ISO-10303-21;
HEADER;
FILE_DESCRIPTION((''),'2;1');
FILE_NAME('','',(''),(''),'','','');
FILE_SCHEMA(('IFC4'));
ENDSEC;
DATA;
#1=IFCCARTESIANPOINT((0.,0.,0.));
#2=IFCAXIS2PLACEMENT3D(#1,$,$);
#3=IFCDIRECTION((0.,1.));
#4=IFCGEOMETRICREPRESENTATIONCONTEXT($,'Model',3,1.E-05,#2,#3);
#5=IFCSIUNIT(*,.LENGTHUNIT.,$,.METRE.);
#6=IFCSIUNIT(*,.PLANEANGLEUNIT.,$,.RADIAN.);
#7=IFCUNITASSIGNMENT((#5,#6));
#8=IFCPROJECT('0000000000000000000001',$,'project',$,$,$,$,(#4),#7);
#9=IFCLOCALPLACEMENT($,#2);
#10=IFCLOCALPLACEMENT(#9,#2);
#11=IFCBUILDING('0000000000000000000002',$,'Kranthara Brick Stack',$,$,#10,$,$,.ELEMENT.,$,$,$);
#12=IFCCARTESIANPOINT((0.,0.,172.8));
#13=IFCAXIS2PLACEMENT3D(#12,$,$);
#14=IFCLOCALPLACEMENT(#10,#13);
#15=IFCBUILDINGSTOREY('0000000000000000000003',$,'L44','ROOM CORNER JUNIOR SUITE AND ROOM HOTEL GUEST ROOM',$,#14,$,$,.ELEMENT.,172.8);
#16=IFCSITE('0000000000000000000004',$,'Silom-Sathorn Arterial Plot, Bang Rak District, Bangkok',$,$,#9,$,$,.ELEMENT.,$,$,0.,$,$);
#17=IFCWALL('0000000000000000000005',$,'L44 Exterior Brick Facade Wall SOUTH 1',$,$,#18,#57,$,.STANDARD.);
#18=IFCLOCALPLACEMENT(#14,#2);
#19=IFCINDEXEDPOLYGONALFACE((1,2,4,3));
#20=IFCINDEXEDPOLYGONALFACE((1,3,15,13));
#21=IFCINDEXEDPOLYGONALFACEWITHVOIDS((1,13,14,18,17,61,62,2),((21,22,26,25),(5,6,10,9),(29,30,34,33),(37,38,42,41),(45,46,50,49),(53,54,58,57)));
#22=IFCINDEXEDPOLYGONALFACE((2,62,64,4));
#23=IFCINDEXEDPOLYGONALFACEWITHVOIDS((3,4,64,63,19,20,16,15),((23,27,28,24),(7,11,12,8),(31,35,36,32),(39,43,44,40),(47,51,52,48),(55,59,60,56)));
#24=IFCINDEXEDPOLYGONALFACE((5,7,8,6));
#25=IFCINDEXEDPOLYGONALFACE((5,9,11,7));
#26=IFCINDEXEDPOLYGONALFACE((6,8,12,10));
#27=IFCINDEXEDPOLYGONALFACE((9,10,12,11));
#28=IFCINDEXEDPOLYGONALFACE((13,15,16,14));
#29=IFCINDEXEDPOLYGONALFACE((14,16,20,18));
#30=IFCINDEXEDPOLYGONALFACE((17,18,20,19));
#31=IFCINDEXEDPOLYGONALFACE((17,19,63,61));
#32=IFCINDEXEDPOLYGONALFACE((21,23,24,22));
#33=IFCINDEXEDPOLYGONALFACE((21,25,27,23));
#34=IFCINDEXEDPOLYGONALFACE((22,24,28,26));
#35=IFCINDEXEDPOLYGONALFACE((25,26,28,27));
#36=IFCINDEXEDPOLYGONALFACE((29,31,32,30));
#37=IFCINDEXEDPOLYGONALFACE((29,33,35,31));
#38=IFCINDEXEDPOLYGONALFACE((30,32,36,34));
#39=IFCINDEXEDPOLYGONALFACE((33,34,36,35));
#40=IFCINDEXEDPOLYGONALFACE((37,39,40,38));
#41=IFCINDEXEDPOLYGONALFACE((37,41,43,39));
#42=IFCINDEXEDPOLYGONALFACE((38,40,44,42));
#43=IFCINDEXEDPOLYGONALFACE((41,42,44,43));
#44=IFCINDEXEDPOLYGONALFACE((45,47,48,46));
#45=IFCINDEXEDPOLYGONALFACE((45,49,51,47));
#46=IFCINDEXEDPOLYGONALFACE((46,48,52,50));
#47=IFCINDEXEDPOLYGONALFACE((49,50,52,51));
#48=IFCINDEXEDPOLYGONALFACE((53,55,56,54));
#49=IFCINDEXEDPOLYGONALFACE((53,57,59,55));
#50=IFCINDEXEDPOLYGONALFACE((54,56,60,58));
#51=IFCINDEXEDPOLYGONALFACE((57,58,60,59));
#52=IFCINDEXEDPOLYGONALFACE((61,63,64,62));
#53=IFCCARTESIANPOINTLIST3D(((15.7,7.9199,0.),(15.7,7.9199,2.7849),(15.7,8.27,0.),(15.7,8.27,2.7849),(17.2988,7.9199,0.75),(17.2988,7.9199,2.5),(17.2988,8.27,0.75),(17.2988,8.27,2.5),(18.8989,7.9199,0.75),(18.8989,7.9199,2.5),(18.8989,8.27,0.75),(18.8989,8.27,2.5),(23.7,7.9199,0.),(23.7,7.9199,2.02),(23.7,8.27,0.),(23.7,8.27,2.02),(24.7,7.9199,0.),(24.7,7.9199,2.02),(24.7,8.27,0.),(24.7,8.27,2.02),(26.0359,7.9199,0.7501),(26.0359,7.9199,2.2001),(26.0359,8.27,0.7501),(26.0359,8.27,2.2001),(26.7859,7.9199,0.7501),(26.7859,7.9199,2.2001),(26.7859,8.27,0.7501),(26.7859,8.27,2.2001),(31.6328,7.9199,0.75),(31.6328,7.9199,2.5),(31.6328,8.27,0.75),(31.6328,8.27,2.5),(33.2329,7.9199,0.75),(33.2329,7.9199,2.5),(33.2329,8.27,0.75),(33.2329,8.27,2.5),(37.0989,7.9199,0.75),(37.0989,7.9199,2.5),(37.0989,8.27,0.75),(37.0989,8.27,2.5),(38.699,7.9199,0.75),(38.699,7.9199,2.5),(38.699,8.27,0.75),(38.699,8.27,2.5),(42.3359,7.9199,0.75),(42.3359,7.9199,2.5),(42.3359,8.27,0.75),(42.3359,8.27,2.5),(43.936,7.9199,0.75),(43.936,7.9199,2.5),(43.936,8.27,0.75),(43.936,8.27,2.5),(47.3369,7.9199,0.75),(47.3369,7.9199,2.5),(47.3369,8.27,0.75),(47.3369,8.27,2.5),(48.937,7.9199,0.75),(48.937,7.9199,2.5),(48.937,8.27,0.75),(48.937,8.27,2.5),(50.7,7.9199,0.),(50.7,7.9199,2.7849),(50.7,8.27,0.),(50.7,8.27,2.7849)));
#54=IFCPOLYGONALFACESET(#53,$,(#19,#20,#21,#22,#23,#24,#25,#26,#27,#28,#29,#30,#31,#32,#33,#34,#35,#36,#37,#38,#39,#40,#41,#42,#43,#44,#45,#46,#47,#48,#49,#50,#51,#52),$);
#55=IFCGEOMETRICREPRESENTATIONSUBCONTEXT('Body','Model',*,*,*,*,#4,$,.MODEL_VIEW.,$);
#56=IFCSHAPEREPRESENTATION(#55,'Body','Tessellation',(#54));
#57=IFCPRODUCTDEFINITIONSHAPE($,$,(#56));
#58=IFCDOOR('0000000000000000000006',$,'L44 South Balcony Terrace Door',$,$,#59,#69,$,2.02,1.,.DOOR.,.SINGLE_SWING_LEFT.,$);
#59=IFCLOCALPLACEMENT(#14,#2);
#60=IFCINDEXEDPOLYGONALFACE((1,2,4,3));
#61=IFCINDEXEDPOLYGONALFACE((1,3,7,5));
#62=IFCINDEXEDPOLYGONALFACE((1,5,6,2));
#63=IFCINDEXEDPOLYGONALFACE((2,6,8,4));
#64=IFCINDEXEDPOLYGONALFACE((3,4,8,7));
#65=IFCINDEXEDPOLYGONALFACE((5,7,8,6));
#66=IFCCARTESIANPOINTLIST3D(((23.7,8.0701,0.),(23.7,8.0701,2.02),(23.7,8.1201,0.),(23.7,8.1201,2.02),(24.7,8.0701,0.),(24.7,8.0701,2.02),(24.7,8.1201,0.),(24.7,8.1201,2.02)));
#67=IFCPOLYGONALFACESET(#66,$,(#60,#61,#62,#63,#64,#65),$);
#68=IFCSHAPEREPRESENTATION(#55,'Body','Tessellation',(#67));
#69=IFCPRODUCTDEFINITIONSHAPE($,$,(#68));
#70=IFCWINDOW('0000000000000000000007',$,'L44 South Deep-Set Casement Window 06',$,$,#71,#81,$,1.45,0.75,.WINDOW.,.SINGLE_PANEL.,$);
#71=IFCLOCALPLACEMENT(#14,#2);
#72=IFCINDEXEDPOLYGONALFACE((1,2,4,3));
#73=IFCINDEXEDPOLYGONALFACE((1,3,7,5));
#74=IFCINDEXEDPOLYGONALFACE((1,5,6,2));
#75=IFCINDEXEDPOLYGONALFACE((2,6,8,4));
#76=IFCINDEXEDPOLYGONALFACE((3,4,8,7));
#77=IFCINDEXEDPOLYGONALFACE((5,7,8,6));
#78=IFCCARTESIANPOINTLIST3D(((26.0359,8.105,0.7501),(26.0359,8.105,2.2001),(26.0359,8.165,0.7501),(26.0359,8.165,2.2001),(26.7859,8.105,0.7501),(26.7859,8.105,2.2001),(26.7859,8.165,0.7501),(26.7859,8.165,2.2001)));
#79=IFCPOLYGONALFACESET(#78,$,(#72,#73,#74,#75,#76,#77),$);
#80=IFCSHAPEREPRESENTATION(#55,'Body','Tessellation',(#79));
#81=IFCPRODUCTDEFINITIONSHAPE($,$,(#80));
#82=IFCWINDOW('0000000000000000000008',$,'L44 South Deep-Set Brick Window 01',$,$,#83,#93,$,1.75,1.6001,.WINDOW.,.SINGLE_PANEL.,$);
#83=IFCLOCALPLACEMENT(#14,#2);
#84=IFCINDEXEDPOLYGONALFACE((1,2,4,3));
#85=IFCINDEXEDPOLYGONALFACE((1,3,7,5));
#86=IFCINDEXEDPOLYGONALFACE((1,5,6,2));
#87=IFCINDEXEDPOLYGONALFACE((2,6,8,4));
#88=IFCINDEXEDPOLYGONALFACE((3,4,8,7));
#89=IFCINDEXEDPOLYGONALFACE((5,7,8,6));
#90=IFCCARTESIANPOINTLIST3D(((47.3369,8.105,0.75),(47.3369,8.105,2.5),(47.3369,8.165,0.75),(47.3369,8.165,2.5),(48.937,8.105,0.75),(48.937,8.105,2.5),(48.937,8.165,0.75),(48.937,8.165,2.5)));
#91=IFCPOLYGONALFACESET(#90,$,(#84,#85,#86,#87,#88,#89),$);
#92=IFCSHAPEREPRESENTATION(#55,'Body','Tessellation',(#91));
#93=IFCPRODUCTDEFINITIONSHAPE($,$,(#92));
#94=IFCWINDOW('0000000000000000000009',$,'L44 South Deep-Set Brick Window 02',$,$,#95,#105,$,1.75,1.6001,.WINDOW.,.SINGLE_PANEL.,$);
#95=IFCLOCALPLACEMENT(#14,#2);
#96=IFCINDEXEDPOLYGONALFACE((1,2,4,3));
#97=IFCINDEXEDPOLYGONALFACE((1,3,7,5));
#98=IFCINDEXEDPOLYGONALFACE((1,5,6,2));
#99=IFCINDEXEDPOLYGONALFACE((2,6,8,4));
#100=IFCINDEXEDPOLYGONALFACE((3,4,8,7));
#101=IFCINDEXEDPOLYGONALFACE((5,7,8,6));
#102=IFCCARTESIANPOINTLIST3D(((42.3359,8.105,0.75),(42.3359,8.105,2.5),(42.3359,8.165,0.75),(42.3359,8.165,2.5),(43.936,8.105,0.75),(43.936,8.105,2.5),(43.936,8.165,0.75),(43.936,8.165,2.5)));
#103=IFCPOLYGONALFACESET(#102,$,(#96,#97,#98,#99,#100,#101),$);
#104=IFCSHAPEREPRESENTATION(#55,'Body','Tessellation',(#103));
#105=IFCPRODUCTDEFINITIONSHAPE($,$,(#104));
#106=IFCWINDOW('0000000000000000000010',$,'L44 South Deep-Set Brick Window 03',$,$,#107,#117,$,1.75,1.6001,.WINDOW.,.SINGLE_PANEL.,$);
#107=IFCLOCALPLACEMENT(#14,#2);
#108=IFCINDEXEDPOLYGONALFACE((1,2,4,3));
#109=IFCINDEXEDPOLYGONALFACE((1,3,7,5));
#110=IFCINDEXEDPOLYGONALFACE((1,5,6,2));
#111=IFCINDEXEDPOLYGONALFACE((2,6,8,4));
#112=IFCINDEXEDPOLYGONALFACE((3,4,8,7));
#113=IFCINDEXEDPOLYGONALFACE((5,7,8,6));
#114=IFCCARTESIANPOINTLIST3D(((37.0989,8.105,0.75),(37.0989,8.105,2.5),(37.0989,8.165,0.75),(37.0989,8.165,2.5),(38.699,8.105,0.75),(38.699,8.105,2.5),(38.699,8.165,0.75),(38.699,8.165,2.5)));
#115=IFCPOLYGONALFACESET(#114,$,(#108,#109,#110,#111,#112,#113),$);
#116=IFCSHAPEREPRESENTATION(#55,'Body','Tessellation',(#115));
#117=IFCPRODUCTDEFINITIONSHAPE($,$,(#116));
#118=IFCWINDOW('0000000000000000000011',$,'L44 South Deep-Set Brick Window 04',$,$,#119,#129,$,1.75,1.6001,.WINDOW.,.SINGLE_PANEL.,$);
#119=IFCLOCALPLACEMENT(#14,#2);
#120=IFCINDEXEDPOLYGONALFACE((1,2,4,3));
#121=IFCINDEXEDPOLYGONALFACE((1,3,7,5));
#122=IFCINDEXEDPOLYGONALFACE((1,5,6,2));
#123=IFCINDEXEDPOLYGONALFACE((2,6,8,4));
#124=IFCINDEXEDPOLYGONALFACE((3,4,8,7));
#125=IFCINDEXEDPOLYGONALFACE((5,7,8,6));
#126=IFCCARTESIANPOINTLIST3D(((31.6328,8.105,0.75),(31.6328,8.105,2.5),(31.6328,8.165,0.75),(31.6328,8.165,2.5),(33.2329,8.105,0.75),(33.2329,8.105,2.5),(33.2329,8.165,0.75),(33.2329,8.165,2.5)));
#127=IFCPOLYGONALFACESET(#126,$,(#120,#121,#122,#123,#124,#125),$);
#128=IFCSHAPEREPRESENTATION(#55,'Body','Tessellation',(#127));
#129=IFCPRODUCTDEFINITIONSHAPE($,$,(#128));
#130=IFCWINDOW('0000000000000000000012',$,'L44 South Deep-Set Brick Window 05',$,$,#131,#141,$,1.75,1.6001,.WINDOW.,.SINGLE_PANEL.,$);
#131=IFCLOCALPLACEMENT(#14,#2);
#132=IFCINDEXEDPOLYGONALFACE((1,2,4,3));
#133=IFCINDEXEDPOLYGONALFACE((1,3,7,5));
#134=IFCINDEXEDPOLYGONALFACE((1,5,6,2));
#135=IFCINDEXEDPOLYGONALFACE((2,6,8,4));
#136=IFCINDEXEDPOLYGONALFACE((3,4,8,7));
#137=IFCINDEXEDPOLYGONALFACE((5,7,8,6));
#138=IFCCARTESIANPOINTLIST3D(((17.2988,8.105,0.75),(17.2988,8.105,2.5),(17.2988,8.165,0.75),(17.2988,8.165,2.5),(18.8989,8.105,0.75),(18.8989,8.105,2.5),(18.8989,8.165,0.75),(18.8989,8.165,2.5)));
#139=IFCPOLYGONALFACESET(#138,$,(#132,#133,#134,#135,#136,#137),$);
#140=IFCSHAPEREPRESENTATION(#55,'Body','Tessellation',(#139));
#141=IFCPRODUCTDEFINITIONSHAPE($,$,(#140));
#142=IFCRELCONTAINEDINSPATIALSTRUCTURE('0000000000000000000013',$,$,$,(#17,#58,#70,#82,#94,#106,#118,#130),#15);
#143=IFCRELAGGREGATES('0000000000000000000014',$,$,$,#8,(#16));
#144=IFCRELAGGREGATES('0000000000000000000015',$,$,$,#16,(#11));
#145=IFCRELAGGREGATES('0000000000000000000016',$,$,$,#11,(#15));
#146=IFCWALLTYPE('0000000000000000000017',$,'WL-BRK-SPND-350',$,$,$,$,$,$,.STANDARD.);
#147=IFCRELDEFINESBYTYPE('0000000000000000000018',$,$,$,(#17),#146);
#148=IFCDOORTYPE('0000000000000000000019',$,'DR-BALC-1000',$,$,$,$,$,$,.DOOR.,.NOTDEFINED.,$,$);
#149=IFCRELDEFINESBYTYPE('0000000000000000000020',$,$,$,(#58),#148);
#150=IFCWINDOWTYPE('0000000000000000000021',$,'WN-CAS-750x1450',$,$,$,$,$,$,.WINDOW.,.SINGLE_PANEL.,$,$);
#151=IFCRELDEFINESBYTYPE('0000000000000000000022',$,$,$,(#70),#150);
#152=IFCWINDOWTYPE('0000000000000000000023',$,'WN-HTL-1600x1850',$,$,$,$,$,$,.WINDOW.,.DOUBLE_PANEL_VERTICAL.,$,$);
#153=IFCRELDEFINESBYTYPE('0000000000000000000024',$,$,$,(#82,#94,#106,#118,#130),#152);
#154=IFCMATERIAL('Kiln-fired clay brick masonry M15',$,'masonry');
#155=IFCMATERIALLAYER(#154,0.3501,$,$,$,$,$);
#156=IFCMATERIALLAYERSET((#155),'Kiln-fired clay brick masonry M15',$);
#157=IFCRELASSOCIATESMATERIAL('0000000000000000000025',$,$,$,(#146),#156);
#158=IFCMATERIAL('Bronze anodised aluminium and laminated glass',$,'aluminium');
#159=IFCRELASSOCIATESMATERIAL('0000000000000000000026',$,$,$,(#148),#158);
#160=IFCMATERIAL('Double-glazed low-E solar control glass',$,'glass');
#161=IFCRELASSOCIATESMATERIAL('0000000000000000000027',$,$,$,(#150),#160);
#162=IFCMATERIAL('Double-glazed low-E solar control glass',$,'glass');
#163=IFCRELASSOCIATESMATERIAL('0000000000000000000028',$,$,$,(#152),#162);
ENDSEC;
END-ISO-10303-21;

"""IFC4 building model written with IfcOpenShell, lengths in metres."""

from ifc_helpers import new_model, si_unit, direction, frame, frame_2d, origin, place, context, subcontext, project, spatial, rectangle, extrude, material, layer, layer_set, type_object, element, fill, save


model = new_model("IFC4")

# Units and contexts
model_context = context("Model", 3, precision=1e-05, world=origin(), true_north=direction((0.0, 1.0)))
body_context = subcontext(model_context, "Body", "Model", "MODEL_VIEW")
ifc_project = project(units=[si_unit("LENGTHUNIT", "METRE"), si_unit("PLANEANGLEUNIT", "RADIAN")], contexts=[model_context])

# Site, building, storey
site_placement = place(None, origin())
site = spatial("IfcSite", under=ifc_project, at=site_placement, Name="Silom-Sathorn Arterial Plot, Bang Rak District, Bangkok", CompositionType="ELEMENT", RefElevation=0.0)
building_placement = place(site_placement, origin())
building = spatial("IfcBuilding", under=site, at=building_placement, Name="Kranthara Brick Stack", CompositionType="ELEMENT")
storey_placement = place(building_placement, frame((0.0, 0.0, 172.8)))
storey = spatial("IfcBuildingStorey", under=building, at=storey_placement, Name="L44", Description="ROOM CORNER JUNIOR SUITE AND ROOM HOTEL GUEST ROOM", CompositionType="ELEMENT", Elevation=172.8)

# Wall, openings, door, windows
ifc_material_1 = material(Name="Kiln-fired clay brick masonry M15", Category="masonry")
ifc_layer_1 = layer(ifc_material_1, 0.3501)
ifc_layer_set_1 = layer_set([ifc_layer_1], Name="Kiln-fired clay brick masonry M15")
wall_type_1 = type_object("IfcWallType", Name="WL-BRK-SPND-350", PredefinedType="STANDARD", material=ifc_layer_set_1)
wall_1_placement = place(storey_placement, frame((50.7, 8.095, 0.0), z_axis=(0.0, 0.0, 1.0), x_axis=(-1.0, 0.0, 0.0)))
wall_1 = element("IfcWall", 1, at=wall_1_placement, inside=storey, type_object=wall_type_1, Name="L44 Exterior Brick Facade Wall SOUTH 1", PredefinedType="STANDARD", context=body_context, shape_type="SweptSolid", body=[
    extrude(rectangle(XDim=35.0, YDim=0.3501, at=frame_2d((17.5, 0.0))), origin(), (0.0, 0.0, 1.0), 2.7849),
])
opening_1_placement = place(wall_1_placement, frame((26.0, 0.0, 0.0)))
opening_1 = element("IfcOpeningElement", 2, at=opening_1_placement, cuts=wall_1, PredefinedType="OPENING", context=body_context, shape_type="SweptSolid", body=[
    extrude(rectangle(XDim=1.0, YDim=2.02, at=frame_2d((0.5, 1.01))), frame((0.0, 0.1851, 0.0), z_axis=(0.0, -1.0, 0.0), x_axis=(1.0, 0.0, 0.0)), (0.0, 0.0, 1.0), 0.3701),
])
opening_2_placement = place(wall_1_placement, frame((1.7629, 0.0, 0.75)))
opening_2 = element("IfcOpeningElement", 3, at=opening_2_placement, cuts=wall_1, PredefinedType="OPENING", context=body_context, shape_type="SweptSolid", body=[
    extrude(rectangle(XDim=1.6001, YDim=1.75, at=frame_2d((0.8, 0.875))), frame((0.0, 0.1851, 0.0), z_axis=(0.0, -1.0, 0.0), x_axis=(1.0, 0.0, 0.0)), (0.0, 0.0, 1.0), 0.3701),
])
opening_3_placement = place(wall_1_placement, frame((6.7639, 0.0, 0.75)))
opening_3 = element("IfcOpeningElement", 4, at=opening_3_placement, cuts=wall_1, PredefinedType="OPENING", context=body_context, shape_type="SweptSolid", body=[
    extrude(rectangle(XDim=1.6001, YDim=1.75, at=frame_2d((0.8, 0.875))), frame((0.0, 0.1851, 0.0), z_axis=(0.0, -1.0, 0.0), x_axis=(1.0, 0.0, 0.0)), (0.0, 0.0, 1.0), 0.3701),
])
opening_4_placement = place(wall_1_placement, frame((12.001, 0.0, 0.75)))
opening_4 = element("IfcOpeningElement", 5, at=opening_4_placement, cuts=wall_1, PredefinedType="OPENING", context=body_context, shape_type="SweptSolid", body=[
    extrude(rectangle(XDim=1.6001, YDim=1.75, at=frame_2d((0.8, 0.875))), frame((0.0, 0.1851, 0.0), z_axis=(0.0, -1.0, 0.0), x_axis=(1.0, 0.0, 0.0)), (0.0, 0.0, 1.0), 0.3701),
])
opening_5_placement = place(wall_1_placement, frame((17.467, 0.0, 0.75)))
opening_5 = element("IfcOpeningElement", 6, at=opening_5_placement, cuts=wall_1, PredefinedType="OPENING", context=body_context, shape_type="SweptSolid", body=[
    extrude(rectangle(XDim=1.6001, YDim=1.75, at=frame_2d((0.8, 0.875))), frame((0.0, 0.1851, 0.0), z_axis=(0.0, -1.0, 0.0), x_axis=(1.0, 0.0, 0.0)), (0.0, 0.0, 1.0), 0.3701),
])
opening_6_placement = place(wall_1_placement, frame((31.801, 0.0, 0.75)))
opening_6 = element("IfcOpeningElement", 7, at=opening_6_placement, cuts=wall_1, PredefinedType="OPENING", context=body_context, shape_type="SweptSolid", body=[
    extrude(rectangle(XDim=1.6001, YDim=1.75, at=frame_2d((0.8, 0.875))), frame((0.0, 0.1851, 0.0), z_axis=(0.0, -1.0, 0.0), x_axis=(1.0, 0.0, 0.0)), (0.0, 0.0, 1.0), 0.3701),
])
opening_7_placement = place(wall_1_placement, frame((23.9141, 0.0, 0.75)))
opening_7 = element("IfcOpeningElement", 8, at=opening_7_placement, cuts=wall_1, PredefinedType="OPENING", context=body_context, shape_type="SweptSolid", body=[
    extrude(rectangle(XDim=0.75, YDim=1.45, at=frame_2d((0.375, 0.7251))), frame((0.0, 0.1851, 0.0), z_axis=(0.0, -1.0, 0.0), x_axis=(1.0, 0.0, 0.0)), (0.0, 0.0, 1.0), 0.3701),
])
ifc_material_2 = material(Name="Bronze anodised aluminium and laminated glass", Category="aluminium")
door_type_1 = type_object("IfcDoorType", Name="DR-BALC-1000", OperationType="NOTDEFINED", PredefinedType="DOOR", material=ifc_material_2)
door_1_placement = place(opening_1_placement, origin())
door_1 = element("IfcDoor", 9, at=door_1_placement, inside=storey, type_object=door_type_1, Name="L44 South Balcony Terrace Door", OperationType="SINGLE_SWING_LEFT", OverallHeight=2.02, OverallWidth=1.0, PredefinedType="DOOR", context=body_context, shape_type="SweptSolid", body=[
    extrude(rectangle(XDim=1.0, YDim=2.02, at=frame_2d((0.5, 1.01))), frame((0.0, 0.0249, 0.0), z_axis=(0.0, -1.0, 0.0), x_axis=(1.0, 0.0, 0.0)), (0.0, 0.0, 1.0), 0.05),
])
fill(opening_1, door_1)
ifc_material_3 = material(Name="Double-glazed low-E solar control glass", Category="glass")
window_type_1 = type_object("IfcWindowType", Name="WN-CAS-750x1450", PartitioningType="SINGLE_PANEL", PredefinedType="WINDOW", material=ifc_material_3)
window_1_placement = place(opening_7_placement, origin())
window_1 = element("IfcWindow", 10, at=window_1_placement, inside=storey, type_object=window_type_1, Name="L44 South Deep-Set Casement Window 06", OverallHeight=1.45, OverallWidth=0.75, PartitioningType="SINGLE_PANEL", PredefinedType="WINDOW", context=body_context, shape_type="SweptSolid", body=[
    extrude(rectangle(XDim=0.75, YDim=1.45, at=frame_2d((0.375, 0.7251))), frame((0.0, -0.01, 0.0), z_axis=(0.0, -1.0, 0.0), x_axis=(1.0, 0.0, 0.0)), (0.0, 0.0, 1.0), 0.0601),
])
fill(opening_7, window_1)
ifc_material_4 = material(Name="Double-glazed low-E solar control glass", Category="glass")
window_type_2 = type_object("IfcWindowType", Name="WN-HTL-1600x1850", PartitioningType="DOUBLE_PANEL_VERTICAL", PredefinedType="WINDOW", material=ifc_material_4)
window_2_placement = place(opening_2_placement, origin())
window_2 = element("IfcWindow", 11, at=window_2_placement, inside=storey, type_object=window_type_2, Name="L44 South Deep-Set Brick Window 01", OverallHeight=1.75, OverallWidth=1.6001, PartitioningType="SINGLE_PANEL", PredefinedType="WINDOW", context=body_context, shape_type="SweptSolid", body=[
    extrude(rectangle(XDim=1.6001, YDim=1.75, at=frame_2d((0.8, 0.875))), frame((0.0, -0.01, 0.0), z_axis=(0.0, -1.0, 0.0), x_axis=(1.0, 0.0, 0.0)), (0.0, 0.0, 1.0), 0.0601),
])
fill(opening_2, window_2)
window_3_placement = place(opening_3_placement, origin())
window_3 = element("IfcWindow", 12, at=window_3_placement, inside=storey, type_object=window_type_2, Name="L44 South Deep-Set Brick Window 02", OverallHeight=1.75, OverallWidth=1.6001, PartitioningType="SINGLE_PANEL", PredefinedType="WINDOW", context=body_context, shape_type="SweptSolid", body=[
    extrude(rectangle(XDim=1.6001, YDim=1.75, at=frame_2d((0.8, 0.875))), frame((0.0, -0.01, 0.0), z_axis=(0.0, -1.0, 0.0), x_axis=(1.0, 0.0, 0.0)), (0.0, 0.0, 1.0), 0.0601),
])
fill(opening_3, window_3)
window_4_placement = place(opening_4_placement, origin())
window_4 = element("IfcWindow", 13, at=window_4_placement, inside=storey, type_object=window_type_2, Name="L44 South Deep-Set Brick Window 03", OverallHeight=1.75, OverallWidth=1.6001, PartitioningType="SINGLE_PANEL", PredefinedType="WINDOW", context=body_context, shape_type="SweptSolid", body=[
    extrude(rectangle(XDim=1.6001, YDim=1.75, at=frame_2d((0.8, 0.875))), frame((0.0, -0.01, 0.0), z_axis=(0.0, -1.0, 0.0), x_axis=(1.0, 0.0, 0.0)), (0.0, 0.0, 1.0), 0.0601),
])
fill(opening_4, window_4)
window_5_placement = place(opening_5_placement, origin())
window_5 = element("IfcWindow", 14, at=window_5_placement, inside=storey, type_object=window_type_2, Name="L44 South Deep-Set Brick Window 04", OverallHeight=1.75, OverallWidth=1.6001, PartitioningType="SINGLE_PANEL", PredefinedType="WINDOW", context=body_context, shape_type="SweptSolid", body=[
    extrude(rectangle(XDim=1.6001, YDim=1.75, at=frame_2d((0.8, 0.875))), frame((0.0, -0.01, 0.0), z_axis=(0.0, -1.0, 0.0), x_axis=(1.0, 0.0, 0.0)), (0.0, 0.0, 1.0), 0.0601),
])
fill(opening_5, window_5)
window_6_placement = place(opening_6_placement, origin())
window_6 = element("IfcWindow", 15, at=window_6_placement, inside=storey, type_object=window_type_2, Name="L44 South Deep-Set Brick Window 05", OverallHeight=1.75, OverallWidth=1.6001, PartitioningType="SINGLE_PANEL", PredefinedType="WINDOW", context=body_context, shape_type="SweptSolid", body=[
    extrude(rectangle(XDim=1.6001, YDim=1.75, at=frame_2d((0.8, 0.875))), frame((0.0, -0.01, 0.0), z_axis=(0.0, -1.0, 0.0), x_axis=(1.0, 0.0, 0.0)), (0.0, 0.0, 1.0), 0.0601),
])
fill(opening_6, window_6)

save(model, "model.ifc")
